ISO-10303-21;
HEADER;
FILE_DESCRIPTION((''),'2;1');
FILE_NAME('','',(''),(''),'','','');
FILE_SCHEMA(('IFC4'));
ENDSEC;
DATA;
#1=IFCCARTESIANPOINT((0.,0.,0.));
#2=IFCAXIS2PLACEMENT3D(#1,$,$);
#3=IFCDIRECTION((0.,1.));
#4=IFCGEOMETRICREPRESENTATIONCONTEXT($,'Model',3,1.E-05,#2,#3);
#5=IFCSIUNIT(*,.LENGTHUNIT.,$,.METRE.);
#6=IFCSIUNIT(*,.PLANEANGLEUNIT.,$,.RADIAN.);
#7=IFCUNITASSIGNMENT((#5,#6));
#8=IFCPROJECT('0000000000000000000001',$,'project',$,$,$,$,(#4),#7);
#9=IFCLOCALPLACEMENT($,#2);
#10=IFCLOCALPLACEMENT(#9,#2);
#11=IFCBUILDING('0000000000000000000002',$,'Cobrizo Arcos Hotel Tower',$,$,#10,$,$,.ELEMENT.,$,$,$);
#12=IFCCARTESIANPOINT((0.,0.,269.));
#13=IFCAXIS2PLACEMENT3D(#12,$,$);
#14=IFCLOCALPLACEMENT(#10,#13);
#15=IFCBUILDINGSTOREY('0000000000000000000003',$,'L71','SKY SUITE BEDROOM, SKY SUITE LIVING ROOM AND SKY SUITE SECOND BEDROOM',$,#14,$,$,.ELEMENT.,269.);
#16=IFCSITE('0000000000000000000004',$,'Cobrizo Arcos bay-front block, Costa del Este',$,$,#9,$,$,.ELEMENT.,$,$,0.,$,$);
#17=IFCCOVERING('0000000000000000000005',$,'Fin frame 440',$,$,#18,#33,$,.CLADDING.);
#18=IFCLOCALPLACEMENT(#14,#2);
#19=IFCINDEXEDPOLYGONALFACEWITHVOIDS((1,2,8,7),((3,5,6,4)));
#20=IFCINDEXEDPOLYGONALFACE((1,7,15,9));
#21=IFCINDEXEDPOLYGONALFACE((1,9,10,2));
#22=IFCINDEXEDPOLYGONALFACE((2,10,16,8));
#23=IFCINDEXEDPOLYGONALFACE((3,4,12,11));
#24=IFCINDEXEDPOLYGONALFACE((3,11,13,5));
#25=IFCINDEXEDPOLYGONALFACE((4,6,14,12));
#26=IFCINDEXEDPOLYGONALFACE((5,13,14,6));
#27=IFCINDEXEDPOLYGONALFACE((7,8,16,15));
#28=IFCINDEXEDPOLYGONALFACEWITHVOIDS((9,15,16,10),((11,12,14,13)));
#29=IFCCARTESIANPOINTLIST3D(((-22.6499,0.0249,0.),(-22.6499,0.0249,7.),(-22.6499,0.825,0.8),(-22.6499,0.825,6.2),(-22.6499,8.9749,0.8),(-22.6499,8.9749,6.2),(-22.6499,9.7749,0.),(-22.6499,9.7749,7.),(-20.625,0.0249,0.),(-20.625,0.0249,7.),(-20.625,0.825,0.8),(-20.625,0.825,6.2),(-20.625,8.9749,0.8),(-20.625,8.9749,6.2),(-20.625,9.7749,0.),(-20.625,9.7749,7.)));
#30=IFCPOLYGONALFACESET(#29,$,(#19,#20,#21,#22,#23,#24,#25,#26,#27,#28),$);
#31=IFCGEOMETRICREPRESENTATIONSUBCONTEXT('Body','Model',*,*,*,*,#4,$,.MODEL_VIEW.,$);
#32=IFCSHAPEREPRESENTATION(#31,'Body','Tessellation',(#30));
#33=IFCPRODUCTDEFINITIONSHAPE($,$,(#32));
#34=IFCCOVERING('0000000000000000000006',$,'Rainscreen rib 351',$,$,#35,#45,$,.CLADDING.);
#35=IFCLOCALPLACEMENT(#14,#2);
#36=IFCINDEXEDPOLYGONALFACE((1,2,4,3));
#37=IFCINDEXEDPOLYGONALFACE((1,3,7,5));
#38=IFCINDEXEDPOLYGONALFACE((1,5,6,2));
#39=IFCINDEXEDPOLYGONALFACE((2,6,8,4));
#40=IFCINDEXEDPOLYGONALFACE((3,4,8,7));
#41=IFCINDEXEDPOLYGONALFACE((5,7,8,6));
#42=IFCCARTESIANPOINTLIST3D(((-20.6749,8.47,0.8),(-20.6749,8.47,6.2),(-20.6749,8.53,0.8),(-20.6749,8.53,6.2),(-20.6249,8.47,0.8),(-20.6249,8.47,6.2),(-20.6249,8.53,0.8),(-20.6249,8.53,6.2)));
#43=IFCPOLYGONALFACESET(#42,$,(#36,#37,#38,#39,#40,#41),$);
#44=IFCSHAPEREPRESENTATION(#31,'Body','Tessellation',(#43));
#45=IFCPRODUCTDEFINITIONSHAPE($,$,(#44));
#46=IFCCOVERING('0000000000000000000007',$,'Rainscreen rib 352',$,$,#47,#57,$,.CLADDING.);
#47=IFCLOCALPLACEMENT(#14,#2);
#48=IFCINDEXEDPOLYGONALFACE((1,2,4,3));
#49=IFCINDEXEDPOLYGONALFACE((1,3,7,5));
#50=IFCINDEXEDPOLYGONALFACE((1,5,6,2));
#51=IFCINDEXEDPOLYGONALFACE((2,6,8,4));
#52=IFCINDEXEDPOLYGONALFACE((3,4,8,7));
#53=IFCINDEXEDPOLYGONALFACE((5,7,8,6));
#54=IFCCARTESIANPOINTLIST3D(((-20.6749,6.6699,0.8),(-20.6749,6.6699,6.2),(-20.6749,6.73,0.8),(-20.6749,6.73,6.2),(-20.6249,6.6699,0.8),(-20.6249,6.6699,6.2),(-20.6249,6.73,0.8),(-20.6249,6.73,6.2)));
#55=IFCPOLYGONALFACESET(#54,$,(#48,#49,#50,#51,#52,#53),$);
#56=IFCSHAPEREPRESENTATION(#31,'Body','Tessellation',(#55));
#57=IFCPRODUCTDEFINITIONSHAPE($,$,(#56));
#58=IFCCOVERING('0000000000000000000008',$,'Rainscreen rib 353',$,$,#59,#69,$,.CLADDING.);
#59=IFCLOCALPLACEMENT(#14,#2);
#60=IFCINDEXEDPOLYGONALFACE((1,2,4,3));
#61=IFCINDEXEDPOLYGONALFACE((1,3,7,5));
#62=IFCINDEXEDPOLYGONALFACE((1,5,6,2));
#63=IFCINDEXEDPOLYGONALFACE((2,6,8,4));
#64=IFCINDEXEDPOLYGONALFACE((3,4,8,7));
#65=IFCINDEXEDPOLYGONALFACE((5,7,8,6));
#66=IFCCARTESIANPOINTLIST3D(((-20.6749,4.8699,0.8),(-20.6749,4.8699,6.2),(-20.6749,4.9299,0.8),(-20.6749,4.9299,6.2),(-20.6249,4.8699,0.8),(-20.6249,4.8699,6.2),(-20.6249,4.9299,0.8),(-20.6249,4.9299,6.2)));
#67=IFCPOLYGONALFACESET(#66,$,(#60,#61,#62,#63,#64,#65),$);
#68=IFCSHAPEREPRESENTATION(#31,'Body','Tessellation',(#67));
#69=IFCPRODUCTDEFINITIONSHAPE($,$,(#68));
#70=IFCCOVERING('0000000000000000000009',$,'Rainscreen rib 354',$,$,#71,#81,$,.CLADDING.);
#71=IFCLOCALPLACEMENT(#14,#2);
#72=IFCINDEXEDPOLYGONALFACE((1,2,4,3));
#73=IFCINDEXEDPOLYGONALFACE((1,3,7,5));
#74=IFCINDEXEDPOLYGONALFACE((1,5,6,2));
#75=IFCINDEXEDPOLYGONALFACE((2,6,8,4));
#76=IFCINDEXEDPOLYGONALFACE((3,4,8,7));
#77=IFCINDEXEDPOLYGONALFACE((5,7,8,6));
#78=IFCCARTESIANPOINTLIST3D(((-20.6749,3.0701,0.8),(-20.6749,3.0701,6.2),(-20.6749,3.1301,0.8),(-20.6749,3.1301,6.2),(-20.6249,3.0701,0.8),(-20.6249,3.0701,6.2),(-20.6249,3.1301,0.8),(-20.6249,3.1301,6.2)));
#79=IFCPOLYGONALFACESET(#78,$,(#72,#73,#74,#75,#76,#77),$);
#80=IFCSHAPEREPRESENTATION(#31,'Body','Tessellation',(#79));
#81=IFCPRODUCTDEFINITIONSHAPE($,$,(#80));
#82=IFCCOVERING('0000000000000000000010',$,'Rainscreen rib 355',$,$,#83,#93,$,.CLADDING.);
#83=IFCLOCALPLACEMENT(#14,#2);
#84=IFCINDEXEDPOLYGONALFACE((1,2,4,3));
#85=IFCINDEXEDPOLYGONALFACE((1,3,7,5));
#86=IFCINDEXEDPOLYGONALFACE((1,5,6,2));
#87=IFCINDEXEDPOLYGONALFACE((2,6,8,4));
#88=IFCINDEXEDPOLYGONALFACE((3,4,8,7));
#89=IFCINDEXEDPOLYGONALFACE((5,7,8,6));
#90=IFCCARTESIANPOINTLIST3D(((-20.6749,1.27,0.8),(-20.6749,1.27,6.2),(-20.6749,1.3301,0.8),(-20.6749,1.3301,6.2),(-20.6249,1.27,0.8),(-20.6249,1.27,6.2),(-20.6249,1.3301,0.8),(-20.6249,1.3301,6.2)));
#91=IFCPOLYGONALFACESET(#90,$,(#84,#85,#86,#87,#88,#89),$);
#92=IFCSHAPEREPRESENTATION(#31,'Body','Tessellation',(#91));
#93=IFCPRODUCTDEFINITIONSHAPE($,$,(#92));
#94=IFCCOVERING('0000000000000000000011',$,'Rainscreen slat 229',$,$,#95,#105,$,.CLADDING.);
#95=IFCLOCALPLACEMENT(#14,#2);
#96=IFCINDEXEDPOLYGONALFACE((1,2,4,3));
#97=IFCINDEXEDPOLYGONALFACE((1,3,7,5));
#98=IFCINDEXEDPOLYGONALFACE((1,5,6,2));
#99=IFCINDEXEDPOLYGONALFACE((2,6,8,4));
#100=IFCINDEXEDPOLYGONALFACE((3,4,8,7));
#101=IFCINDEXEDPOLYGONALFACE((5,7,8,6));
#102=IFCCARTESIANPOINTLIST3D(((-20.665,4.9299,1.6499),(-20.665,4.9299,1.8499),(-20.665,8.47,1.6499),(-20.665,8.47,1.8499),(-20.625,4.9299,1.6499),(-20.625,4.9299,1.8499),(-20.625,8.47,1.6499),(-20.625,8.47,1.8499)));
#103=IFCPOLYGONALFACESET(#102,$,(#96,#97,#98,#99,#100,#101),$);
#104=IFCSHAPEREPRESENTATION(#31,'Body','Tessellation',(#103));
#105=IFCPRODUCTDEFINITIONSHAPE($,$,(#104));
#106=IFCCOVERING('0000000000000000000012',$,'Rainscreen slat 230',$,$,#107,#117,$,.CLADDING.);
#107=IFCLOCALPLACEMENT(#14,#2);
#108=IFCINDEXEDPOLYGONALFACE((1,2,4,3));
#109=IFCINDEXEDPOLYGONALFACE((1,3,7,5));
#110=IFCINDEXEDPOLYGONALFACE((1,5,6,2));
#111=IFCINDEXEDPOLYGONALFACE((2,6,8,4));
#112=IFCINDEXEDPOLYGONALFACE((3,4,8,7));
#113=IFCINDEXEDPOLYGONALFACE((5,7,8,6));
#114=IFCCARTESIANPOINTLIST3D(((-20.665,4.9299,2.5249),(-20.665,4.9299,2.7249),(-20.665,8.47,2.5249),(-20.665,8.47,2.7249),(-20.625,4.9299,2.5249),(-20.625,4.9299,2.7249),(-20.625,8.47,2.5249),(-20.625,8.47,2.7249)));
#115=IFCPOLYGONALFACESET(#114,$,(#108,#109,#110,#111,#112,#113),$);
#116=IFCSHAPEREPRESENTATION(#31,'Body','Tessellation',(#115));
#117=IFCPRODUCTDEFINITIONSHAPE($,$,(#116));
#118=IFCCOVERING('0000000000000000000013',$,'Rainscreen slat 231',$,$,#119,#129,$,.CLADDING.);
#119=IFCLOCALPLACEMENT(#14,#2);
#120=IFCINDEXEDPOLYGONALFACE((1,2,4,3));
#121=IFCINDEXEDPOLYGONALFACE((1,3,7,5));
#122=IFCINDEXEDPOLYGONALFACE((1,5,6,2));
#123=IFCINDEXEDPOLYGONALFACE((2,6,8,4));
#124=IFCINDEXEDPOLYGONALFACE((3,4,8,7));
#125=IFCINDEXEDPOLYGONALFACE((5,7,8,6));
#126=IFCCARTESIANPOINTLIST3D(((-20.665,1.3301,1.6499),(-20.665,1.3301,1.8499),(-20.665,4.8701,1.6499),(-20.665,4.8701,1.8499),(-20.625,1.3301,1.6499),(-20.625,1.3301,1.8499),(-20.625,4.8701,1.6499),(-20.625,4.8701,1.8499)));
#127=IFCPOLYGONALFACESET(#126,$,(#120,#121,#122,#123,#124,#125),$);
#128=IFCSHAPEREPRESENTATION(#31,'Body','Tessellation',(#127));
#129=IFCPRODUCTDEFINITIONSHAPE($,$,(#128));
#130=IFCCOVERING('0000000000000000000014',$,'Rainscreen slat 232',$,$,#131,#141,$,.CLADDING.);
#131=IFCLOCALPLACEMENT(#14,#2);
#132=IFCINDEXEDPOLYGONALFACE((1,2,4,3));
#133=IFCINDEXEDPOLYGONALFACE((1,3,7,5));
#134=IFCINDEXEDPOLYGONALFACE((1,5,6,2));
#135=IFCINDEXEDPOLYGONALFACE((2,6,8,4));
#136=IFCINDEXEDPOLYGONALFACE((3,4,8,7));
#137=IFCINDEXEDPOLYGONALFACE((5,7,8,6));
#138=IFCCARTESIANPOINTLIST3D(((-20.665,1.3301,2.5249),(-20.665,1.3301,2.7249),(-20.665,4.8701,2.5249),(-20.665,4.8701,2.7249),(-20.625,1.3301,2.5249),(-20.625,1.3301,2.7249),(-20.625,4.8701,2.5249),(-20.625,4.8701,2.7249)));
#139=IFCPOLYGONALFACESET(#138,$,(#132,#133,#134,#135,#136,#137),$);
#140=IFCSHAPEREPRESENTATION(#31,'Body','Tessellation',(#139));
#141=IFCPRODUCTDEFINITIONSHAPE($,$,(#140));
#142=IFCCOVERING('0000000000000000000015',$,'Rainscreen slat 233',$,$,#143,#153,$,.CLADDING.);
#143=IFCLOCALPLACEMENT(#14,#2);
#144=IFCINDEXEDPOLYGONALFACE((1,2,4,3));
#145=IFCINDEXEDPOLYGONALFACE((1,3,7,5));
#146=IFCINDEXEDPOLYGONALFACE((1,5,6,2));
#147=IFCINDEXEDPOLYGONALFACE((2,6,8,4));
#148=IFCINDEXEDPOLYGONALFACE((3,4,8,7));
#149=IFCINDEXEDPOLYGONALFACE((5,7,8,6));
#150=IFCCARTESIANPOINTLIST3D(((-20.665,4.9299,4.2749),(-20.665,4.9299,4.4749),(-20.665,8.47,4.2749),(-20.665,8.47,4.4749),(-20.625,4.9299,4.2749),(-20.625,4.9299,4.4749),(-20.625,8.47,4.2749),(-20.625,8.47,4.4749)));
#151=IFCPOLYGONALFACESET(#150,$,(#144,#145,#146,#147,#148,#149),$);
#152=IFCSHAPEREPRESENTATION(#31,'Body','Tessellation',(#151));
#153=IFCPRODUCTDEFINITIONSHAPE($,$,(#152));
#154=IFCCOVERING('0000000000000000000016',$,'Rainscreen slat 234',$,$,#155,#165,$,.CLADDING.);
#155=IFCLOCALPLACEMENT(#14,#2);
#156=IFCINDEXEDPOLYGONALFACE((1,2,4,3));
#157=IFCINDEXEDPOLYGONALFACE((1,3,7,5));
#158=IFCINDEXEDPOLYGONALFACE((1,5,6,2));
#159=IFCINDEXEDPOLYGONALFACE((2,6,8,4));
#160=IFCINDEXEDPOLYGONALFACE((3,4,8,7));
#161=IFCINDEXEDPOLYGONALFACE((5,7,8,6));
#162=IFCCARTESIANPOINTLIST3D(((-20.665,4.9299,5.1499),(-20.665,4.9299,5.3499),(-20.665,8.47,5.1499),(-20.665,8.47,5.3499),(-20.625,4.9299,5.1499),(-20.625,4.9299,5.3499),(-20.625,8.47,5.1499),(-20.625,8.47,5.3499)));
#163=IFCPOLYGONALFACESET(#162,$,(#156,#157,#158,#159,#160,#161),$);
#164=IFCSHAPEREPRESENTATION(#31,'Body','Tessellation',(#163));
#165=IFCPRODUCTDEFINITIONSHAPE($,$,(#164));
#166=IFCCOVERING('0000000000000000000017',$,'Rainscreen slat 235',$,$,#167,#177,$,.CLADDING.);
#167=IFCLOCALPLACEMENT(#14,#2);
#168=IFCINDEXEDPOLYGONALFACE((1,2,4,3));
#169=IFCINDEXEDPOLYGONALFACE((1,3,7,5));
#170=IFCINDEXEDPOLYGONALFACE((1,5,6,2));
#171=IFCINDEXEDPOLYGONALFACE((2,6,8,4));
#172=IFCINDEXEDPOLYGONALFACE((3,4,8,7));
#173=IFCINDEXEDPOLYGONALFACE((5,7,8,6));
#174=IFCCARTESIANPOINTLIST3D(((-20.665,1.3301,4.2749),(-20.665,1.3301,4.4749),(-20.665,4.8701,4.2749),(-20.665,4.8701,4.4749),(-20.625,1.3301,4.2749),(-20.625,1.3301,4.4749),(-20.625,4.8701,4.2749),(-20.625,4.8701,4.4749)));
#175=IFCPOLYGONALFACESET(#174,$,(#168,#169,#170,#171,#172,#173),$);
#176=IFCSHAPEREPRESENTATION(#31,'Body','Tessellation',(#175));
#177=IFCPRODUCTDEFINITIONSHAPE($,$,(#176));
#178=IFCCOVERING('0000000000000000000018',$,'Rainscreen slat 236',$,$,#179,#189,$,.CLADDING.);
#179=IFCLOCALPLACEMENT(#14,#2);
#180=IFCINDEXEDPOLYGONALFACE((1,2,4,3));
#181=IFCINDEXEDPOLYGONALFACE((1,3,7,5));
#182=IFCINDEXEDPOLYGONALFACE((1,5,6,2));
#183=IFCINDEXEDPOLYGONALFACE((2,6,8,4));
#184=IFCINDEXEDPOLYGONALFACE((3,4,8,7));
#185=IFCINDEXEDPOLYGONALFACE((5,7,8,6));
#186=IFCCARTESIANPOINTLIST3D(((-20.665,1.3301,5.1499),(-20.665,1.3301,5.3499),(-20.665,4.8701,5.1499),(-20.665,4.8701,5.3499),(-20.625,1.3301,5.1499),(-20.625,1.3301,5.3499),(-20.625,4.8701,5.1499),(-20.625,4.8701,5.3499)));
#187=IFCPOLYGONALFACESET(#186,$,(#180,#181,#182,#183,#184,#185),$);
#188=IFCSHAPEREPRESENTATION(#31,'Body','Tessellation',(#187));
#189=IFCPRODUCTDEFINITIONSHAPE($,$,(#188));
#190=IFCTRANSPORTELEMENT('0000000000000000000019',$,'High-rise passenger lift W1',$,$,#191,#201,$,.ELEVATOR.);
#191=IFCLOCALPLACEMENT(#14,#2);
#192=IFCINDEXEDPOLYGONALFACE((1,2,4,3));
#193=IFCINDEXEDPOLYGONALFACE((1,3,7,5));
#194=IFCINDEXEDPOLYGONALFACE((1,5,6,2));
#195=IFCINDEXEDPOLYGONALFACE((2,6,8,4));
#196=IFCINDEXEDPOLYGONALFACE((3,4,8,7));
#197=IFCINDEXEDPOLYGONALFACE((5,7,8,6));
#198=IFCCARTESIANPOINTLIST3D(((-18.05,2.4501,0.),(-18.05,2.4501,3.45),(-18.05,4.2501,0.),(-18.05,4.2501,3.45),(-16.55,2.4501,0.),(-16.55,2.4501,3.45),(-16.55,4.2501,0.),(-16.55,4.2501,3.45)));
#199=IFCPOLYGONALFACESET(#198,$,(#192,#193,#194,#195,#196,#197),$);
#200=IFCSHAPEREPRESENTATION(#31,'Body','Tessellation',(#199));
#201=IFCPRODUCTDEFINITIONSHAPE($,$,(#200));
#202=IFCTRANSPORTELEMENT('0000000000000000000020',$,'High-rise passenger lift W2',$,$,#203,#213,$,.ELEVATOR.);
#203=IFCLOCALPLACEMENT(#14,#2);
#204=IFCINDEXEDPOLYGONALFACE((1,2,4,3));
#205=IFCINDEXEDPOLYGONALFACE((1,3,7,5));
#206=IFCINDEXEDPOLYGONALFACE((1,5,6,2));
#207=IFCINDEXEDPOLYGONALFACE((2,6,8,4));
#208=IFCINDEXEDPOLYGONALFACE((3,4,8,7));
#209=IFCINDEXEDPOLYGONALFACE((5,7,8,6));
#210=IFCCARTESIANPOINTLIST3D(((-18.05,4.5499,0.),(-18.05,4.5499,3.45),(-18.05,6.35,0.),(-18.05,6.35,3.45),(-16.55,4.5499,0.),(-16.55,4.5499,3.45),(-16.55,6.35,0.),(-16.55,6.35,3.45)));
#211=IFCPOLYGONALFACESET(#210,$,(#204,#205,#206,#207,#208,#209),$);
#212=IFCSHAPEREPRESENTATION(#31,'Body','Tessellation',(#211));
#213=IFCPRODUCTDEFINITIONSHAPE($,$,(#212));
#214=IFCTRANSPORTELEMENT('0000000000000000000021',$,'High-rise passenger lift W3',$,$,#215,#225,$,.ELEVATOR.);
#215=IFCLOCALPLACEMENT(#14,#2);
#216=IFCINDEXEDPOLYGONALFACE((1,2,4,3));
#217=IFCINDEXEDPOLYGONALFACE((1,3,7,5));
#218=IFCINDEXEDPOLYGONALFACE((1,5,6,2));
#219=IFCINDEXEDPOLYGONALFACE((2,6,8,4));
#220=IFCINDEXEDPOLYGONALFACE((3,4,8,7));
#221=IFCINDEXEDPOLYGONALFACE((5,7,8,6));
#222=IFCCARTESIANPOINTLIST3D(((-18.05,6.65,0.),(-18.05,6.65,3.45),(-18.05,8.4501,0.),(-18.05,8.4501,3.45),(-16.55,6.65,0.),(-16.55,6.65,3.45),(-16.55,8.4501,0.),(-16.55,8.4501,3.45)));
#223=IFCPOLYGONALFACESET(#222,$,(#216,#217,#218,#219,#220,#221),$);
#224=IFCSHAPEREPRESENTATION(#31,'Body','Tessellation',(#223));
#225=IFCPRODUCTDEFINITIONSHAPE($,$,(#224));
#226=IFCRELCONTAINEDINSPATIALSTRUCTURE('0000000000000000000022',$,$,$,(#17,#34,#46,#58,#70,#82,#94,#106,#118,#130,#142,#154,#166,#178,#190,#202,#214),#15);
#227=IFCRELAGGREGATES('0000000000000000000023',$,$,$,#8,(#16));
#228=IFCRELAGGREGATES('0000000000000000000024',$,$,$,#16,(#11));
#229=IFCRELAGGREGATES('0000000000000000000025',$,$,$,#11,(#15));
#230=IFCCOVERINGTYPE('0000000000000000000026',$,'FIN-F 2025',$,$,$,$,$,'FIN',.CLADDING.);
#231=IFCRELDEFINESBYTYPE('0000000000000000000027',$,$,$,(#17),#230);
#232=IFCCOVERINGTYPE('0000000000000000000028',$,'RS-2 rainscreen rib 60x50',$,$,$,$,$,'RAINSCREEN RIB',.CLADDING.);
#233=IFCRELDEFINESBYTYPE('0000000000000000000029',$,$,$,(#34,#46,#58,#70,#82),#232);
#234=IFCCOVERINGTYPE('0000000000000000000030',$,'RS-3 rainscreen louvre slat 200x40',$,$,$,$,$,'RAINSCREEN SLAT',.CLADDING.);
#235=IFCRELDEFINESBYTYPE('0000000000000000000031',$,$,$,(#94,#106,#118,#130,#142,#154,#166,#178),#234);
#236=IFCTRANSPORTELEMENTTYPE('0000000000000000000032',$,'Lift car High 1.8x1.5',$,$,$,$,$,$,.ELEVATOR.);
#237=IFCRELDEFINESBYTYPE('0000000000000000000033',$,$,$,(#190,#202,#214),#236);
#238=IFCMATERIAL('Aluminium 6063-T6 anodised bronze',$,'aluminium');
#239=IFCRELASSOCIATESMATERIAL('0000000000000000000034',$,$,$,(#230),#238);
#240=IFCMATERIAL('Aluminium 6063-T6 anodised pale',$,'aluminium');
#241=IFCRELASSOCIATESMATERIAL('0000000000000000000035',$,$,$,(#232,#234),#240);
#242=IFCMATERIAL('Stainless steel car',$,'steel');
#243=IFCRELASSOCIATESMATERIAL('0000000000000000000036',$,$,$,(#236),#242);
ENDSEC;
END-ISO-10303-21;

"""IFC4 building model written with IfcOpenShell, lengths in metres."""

from ifc_helpers import new_model, si_unit, direction, frame, origin, origin_2d, place, context, subcontext, project, spatial, polyline, rectangle, outline, extrude, material, type_object, element, save


model = new_model("IFC4")

# Units and contexts
model_context = context("Model", 3, precision=1e-05, world=origin(), true_north=direction((0.0, 1.0)))
body_context = subcontext(model_context, "Body", "Model", "MODEL_VIEW")
ifc_project = project(units=[si_unit("LENGTHUNIT", "METRE"), si_unit("PLANEANGLEUNIT", "RADIAN")], contexts=[model_context])

# Site, building, storey
site_placement = place(None, origin())
site = spatial("IfcSite", under=ifc_project, at=site_placement, Name="Cobrizo Arcos bay-front block, Costa del Este", CompositionType="ELEMENT", RefElevation=0.0)
building_placement = place(site_placement, origin())
building = spatial("IfcBuilding", under=site, at=building_placement, Name="Cobrizo Arcos Hotel Tower", CompositionType="ELEMENT")
storey_placement = place(building_placement, frame((0.0, 0.0, 269.0)))
storey = spatial("IfcBuildingStorey", under=building, at=storey_placement, Name="L71", Description="SKY SUITE BEDROOM, SKY SUITE LIVING ROOM AND SKY SUITE SECOND BEDROOM", CompositionType="ELEMENT", Elevation=269.0)

# Coverings
ifc_material_1 = material(Name="Aluminium 6063-T6 anodised bronze", Category="aluminium")
covering_type_1 = type_object("IfcCoveringType", Name="FIN-F 2025", ElementType="FIN", PredefinedType="CLADDING", material=ifc_material_1)
covering_placement = place(storey_placement, frame((-20.625, 9.7749, 0.0), z_axis=(-1.0, 0.0, 0.0), x_axis=(0.0, -1.0, 0.0)))
element("IfcCovering", 1, at=covering_placement, inside=storey, type_object=covering_type_1, Name="Fin frame 440", PredefinedType="CLADDING", context=body_context, shape_type="SweptSolid", body=[
    extrude(outline(polyline([(0.0, 7.0), (0.0, 0.0), (9.75, 0.0), (9.75, 7.0), (0.0, 7.0)]), holes=[polyline([(8.95, 0.8), (0.8, 0.8), (0.8, 6.2), (8.95, 6.2), (8.95, 0.8)])]), origin(), (0.0, 0.0, 1.0), 2.0249),
])
ifc_material_2 = material(Name="Aluminium 6063-T6 anodised pale", Category="aluminium")
covering_type_2 = type_object("IfcCoveringType", Name="RS-2 rainscreen rib 60x50", ElementType="RAINSCREEN RIB", PredefinedType="CLADDING", material=ifc_material_2)
for number, where, z_axis, x_axis, name in (
    (2, (-20.6499, 8.5, 0.8), (0.0, 0.0, 1.0), (0.0, -1.0, 0.0), "Rainscreen rib 351"),
    (3, (-20.6499, 6.7, 0.8), (0.0, 0.0, 1.0), (0.0, -1.0, 0.0), "Rainscreen rib 352"),
    (4, (-20.6499, 4.8999, 0.8), (0.0, 0.0, 1.0), (0.0, -1.0, 0.0), "Rainscreen rib 353"),
    (5, (-20.6499, 3.1001, 0.8), (0.0, 0.0, 1.0), (0.0, -1.0, 0.0), "Rainscreen rib 354"),
    (6, (-20.6499, 1.3, 0.8), (0.0, 0.0, 1.0), (0.0, -1.0, 0.0), "Rainscreen rib 355"),
):
    element("IfcCovering", number, at=place(storey_placement, frame(where, z_axis=z_axis, x_axis=x_axis)), inside=storey, type_object=covering_type_2, Name=name, PredefinedType="CLADDING", context=body_context, shape_type="SweptSolid", body=[
        extrude(rectangle(XDim=0.0601, YDim=0.05, at=origin_2d()), origin(), (0.0, 0.0, 1.0), 5.3999),
    ])
covering_type_3 = type_object("IfcCoveringType", Name="RS-3 rainscreen louvre slat 200x40", ElementType="RAINSCREEN SLAT", PredefinedType="CLADDING", material=ifc_material_2)
for number, where, z_axis, x_axis, name in (
    (7, (-20.645, 6.7, 1.6499), (0.0, 0.0, 1.0), (0.0, -1.0, 0.0), "Rainscreen slat 229"),
    (8, (-20.645, 6.7, 2.5249), (0.0, 0.0, 1.0), (0.0, -1.0, 0.0), "Rainscreen slat 230"),
    (9, (-20.645, 3.1001, 1.6499), (0.0, 0.0, 1.0), (0.0, -1.0, 0.0), "Rainscreen slat 231"),
    (10, (-20.645, 3.1001, 2.5249), (0.0, 0.0, 1.0), (0.0, -1.0, 0.0), "Rainscreen slat 232"),
    (11, (-20.645, 6.7, 4.2749), (0.0, 0.0, 1.0), (0.0, -1.0, 0.0), "Rainscreen slat 233"),
    (12, (-20.645, 6.7, 5.1499), (0.0, 0.0, 1.0), (0.0, -1.0, 0.0), "Rainscreen slat 234"),
    (13, (-20.645, 3.1001, 4.2749), (0.0, 0.0, 1.0), (0.0, -1.0, 0.0), "Rainscreen slat 235"),
    (14, (-20.645, 3.1001, 5.1499), (0.0, 0.0, 1.0), (0.0, -1.0, 0.0), "Rainscreen slat 236"),
):
    element("IfcCovering", number, at=place(storey_placement, frame(where, z_axis=z_axis, x_axis=x_axis)), inside=storey, type_object=covering_type_3, Name=name, PredefinedType="CLADDING", context=body_context, shape_type="SweptSolid", body=[
        extrude(rectangle(XDim=3.54, YDim=0.04, at=origin_2d()), origin(), (0.0, 0.0, 1.0), 0.2),
    ])

# Transport elements
ifc_material_3 = material(Name="Stainless steel car", Category="steel")
transport_element_type = type_object("IfcTransportElementType", Name="Lift car High 1.8x1.5", PredefinedType="ELEVATOR", material=ifc_material_3)
for number, where, z_axis, x_axis, name in (
    (15, (-17.3, 3.3501, 0.0), (0.0, 0.0, 1.0), (1.0, 0.0, 0.0), "High-rise passenger lift W1"),
    (16, (-17.3, 5.45, 0.0), (0.0, 0.0, 1.0), (1.0, 0.0, 0.0), "High-rise passenger lift W2"),
    (17, (-17.3, 7.55, 0.0), (0.0, 0.0, 1.0), (1.0, 0.0, 0.0), "High-rise passenger lift W3"),
):
    element("IfcTransportElement", number, at=place(storey_placement, frame(where, z_axis=z_axis, x_axis=x_axis)), inside=storey, type_object=transport_element_type, Name=name, PredefinedType="ELEVATOR", context=body_context, shape_type="SweptSolid", body=[
        extrude(rectangle(XDim=1.5, YDim=1.8, at=origin_2d()), origin(), (0.0, 0.0, 1.0), 3.45),
    ])

save(model, "model.ifc")
